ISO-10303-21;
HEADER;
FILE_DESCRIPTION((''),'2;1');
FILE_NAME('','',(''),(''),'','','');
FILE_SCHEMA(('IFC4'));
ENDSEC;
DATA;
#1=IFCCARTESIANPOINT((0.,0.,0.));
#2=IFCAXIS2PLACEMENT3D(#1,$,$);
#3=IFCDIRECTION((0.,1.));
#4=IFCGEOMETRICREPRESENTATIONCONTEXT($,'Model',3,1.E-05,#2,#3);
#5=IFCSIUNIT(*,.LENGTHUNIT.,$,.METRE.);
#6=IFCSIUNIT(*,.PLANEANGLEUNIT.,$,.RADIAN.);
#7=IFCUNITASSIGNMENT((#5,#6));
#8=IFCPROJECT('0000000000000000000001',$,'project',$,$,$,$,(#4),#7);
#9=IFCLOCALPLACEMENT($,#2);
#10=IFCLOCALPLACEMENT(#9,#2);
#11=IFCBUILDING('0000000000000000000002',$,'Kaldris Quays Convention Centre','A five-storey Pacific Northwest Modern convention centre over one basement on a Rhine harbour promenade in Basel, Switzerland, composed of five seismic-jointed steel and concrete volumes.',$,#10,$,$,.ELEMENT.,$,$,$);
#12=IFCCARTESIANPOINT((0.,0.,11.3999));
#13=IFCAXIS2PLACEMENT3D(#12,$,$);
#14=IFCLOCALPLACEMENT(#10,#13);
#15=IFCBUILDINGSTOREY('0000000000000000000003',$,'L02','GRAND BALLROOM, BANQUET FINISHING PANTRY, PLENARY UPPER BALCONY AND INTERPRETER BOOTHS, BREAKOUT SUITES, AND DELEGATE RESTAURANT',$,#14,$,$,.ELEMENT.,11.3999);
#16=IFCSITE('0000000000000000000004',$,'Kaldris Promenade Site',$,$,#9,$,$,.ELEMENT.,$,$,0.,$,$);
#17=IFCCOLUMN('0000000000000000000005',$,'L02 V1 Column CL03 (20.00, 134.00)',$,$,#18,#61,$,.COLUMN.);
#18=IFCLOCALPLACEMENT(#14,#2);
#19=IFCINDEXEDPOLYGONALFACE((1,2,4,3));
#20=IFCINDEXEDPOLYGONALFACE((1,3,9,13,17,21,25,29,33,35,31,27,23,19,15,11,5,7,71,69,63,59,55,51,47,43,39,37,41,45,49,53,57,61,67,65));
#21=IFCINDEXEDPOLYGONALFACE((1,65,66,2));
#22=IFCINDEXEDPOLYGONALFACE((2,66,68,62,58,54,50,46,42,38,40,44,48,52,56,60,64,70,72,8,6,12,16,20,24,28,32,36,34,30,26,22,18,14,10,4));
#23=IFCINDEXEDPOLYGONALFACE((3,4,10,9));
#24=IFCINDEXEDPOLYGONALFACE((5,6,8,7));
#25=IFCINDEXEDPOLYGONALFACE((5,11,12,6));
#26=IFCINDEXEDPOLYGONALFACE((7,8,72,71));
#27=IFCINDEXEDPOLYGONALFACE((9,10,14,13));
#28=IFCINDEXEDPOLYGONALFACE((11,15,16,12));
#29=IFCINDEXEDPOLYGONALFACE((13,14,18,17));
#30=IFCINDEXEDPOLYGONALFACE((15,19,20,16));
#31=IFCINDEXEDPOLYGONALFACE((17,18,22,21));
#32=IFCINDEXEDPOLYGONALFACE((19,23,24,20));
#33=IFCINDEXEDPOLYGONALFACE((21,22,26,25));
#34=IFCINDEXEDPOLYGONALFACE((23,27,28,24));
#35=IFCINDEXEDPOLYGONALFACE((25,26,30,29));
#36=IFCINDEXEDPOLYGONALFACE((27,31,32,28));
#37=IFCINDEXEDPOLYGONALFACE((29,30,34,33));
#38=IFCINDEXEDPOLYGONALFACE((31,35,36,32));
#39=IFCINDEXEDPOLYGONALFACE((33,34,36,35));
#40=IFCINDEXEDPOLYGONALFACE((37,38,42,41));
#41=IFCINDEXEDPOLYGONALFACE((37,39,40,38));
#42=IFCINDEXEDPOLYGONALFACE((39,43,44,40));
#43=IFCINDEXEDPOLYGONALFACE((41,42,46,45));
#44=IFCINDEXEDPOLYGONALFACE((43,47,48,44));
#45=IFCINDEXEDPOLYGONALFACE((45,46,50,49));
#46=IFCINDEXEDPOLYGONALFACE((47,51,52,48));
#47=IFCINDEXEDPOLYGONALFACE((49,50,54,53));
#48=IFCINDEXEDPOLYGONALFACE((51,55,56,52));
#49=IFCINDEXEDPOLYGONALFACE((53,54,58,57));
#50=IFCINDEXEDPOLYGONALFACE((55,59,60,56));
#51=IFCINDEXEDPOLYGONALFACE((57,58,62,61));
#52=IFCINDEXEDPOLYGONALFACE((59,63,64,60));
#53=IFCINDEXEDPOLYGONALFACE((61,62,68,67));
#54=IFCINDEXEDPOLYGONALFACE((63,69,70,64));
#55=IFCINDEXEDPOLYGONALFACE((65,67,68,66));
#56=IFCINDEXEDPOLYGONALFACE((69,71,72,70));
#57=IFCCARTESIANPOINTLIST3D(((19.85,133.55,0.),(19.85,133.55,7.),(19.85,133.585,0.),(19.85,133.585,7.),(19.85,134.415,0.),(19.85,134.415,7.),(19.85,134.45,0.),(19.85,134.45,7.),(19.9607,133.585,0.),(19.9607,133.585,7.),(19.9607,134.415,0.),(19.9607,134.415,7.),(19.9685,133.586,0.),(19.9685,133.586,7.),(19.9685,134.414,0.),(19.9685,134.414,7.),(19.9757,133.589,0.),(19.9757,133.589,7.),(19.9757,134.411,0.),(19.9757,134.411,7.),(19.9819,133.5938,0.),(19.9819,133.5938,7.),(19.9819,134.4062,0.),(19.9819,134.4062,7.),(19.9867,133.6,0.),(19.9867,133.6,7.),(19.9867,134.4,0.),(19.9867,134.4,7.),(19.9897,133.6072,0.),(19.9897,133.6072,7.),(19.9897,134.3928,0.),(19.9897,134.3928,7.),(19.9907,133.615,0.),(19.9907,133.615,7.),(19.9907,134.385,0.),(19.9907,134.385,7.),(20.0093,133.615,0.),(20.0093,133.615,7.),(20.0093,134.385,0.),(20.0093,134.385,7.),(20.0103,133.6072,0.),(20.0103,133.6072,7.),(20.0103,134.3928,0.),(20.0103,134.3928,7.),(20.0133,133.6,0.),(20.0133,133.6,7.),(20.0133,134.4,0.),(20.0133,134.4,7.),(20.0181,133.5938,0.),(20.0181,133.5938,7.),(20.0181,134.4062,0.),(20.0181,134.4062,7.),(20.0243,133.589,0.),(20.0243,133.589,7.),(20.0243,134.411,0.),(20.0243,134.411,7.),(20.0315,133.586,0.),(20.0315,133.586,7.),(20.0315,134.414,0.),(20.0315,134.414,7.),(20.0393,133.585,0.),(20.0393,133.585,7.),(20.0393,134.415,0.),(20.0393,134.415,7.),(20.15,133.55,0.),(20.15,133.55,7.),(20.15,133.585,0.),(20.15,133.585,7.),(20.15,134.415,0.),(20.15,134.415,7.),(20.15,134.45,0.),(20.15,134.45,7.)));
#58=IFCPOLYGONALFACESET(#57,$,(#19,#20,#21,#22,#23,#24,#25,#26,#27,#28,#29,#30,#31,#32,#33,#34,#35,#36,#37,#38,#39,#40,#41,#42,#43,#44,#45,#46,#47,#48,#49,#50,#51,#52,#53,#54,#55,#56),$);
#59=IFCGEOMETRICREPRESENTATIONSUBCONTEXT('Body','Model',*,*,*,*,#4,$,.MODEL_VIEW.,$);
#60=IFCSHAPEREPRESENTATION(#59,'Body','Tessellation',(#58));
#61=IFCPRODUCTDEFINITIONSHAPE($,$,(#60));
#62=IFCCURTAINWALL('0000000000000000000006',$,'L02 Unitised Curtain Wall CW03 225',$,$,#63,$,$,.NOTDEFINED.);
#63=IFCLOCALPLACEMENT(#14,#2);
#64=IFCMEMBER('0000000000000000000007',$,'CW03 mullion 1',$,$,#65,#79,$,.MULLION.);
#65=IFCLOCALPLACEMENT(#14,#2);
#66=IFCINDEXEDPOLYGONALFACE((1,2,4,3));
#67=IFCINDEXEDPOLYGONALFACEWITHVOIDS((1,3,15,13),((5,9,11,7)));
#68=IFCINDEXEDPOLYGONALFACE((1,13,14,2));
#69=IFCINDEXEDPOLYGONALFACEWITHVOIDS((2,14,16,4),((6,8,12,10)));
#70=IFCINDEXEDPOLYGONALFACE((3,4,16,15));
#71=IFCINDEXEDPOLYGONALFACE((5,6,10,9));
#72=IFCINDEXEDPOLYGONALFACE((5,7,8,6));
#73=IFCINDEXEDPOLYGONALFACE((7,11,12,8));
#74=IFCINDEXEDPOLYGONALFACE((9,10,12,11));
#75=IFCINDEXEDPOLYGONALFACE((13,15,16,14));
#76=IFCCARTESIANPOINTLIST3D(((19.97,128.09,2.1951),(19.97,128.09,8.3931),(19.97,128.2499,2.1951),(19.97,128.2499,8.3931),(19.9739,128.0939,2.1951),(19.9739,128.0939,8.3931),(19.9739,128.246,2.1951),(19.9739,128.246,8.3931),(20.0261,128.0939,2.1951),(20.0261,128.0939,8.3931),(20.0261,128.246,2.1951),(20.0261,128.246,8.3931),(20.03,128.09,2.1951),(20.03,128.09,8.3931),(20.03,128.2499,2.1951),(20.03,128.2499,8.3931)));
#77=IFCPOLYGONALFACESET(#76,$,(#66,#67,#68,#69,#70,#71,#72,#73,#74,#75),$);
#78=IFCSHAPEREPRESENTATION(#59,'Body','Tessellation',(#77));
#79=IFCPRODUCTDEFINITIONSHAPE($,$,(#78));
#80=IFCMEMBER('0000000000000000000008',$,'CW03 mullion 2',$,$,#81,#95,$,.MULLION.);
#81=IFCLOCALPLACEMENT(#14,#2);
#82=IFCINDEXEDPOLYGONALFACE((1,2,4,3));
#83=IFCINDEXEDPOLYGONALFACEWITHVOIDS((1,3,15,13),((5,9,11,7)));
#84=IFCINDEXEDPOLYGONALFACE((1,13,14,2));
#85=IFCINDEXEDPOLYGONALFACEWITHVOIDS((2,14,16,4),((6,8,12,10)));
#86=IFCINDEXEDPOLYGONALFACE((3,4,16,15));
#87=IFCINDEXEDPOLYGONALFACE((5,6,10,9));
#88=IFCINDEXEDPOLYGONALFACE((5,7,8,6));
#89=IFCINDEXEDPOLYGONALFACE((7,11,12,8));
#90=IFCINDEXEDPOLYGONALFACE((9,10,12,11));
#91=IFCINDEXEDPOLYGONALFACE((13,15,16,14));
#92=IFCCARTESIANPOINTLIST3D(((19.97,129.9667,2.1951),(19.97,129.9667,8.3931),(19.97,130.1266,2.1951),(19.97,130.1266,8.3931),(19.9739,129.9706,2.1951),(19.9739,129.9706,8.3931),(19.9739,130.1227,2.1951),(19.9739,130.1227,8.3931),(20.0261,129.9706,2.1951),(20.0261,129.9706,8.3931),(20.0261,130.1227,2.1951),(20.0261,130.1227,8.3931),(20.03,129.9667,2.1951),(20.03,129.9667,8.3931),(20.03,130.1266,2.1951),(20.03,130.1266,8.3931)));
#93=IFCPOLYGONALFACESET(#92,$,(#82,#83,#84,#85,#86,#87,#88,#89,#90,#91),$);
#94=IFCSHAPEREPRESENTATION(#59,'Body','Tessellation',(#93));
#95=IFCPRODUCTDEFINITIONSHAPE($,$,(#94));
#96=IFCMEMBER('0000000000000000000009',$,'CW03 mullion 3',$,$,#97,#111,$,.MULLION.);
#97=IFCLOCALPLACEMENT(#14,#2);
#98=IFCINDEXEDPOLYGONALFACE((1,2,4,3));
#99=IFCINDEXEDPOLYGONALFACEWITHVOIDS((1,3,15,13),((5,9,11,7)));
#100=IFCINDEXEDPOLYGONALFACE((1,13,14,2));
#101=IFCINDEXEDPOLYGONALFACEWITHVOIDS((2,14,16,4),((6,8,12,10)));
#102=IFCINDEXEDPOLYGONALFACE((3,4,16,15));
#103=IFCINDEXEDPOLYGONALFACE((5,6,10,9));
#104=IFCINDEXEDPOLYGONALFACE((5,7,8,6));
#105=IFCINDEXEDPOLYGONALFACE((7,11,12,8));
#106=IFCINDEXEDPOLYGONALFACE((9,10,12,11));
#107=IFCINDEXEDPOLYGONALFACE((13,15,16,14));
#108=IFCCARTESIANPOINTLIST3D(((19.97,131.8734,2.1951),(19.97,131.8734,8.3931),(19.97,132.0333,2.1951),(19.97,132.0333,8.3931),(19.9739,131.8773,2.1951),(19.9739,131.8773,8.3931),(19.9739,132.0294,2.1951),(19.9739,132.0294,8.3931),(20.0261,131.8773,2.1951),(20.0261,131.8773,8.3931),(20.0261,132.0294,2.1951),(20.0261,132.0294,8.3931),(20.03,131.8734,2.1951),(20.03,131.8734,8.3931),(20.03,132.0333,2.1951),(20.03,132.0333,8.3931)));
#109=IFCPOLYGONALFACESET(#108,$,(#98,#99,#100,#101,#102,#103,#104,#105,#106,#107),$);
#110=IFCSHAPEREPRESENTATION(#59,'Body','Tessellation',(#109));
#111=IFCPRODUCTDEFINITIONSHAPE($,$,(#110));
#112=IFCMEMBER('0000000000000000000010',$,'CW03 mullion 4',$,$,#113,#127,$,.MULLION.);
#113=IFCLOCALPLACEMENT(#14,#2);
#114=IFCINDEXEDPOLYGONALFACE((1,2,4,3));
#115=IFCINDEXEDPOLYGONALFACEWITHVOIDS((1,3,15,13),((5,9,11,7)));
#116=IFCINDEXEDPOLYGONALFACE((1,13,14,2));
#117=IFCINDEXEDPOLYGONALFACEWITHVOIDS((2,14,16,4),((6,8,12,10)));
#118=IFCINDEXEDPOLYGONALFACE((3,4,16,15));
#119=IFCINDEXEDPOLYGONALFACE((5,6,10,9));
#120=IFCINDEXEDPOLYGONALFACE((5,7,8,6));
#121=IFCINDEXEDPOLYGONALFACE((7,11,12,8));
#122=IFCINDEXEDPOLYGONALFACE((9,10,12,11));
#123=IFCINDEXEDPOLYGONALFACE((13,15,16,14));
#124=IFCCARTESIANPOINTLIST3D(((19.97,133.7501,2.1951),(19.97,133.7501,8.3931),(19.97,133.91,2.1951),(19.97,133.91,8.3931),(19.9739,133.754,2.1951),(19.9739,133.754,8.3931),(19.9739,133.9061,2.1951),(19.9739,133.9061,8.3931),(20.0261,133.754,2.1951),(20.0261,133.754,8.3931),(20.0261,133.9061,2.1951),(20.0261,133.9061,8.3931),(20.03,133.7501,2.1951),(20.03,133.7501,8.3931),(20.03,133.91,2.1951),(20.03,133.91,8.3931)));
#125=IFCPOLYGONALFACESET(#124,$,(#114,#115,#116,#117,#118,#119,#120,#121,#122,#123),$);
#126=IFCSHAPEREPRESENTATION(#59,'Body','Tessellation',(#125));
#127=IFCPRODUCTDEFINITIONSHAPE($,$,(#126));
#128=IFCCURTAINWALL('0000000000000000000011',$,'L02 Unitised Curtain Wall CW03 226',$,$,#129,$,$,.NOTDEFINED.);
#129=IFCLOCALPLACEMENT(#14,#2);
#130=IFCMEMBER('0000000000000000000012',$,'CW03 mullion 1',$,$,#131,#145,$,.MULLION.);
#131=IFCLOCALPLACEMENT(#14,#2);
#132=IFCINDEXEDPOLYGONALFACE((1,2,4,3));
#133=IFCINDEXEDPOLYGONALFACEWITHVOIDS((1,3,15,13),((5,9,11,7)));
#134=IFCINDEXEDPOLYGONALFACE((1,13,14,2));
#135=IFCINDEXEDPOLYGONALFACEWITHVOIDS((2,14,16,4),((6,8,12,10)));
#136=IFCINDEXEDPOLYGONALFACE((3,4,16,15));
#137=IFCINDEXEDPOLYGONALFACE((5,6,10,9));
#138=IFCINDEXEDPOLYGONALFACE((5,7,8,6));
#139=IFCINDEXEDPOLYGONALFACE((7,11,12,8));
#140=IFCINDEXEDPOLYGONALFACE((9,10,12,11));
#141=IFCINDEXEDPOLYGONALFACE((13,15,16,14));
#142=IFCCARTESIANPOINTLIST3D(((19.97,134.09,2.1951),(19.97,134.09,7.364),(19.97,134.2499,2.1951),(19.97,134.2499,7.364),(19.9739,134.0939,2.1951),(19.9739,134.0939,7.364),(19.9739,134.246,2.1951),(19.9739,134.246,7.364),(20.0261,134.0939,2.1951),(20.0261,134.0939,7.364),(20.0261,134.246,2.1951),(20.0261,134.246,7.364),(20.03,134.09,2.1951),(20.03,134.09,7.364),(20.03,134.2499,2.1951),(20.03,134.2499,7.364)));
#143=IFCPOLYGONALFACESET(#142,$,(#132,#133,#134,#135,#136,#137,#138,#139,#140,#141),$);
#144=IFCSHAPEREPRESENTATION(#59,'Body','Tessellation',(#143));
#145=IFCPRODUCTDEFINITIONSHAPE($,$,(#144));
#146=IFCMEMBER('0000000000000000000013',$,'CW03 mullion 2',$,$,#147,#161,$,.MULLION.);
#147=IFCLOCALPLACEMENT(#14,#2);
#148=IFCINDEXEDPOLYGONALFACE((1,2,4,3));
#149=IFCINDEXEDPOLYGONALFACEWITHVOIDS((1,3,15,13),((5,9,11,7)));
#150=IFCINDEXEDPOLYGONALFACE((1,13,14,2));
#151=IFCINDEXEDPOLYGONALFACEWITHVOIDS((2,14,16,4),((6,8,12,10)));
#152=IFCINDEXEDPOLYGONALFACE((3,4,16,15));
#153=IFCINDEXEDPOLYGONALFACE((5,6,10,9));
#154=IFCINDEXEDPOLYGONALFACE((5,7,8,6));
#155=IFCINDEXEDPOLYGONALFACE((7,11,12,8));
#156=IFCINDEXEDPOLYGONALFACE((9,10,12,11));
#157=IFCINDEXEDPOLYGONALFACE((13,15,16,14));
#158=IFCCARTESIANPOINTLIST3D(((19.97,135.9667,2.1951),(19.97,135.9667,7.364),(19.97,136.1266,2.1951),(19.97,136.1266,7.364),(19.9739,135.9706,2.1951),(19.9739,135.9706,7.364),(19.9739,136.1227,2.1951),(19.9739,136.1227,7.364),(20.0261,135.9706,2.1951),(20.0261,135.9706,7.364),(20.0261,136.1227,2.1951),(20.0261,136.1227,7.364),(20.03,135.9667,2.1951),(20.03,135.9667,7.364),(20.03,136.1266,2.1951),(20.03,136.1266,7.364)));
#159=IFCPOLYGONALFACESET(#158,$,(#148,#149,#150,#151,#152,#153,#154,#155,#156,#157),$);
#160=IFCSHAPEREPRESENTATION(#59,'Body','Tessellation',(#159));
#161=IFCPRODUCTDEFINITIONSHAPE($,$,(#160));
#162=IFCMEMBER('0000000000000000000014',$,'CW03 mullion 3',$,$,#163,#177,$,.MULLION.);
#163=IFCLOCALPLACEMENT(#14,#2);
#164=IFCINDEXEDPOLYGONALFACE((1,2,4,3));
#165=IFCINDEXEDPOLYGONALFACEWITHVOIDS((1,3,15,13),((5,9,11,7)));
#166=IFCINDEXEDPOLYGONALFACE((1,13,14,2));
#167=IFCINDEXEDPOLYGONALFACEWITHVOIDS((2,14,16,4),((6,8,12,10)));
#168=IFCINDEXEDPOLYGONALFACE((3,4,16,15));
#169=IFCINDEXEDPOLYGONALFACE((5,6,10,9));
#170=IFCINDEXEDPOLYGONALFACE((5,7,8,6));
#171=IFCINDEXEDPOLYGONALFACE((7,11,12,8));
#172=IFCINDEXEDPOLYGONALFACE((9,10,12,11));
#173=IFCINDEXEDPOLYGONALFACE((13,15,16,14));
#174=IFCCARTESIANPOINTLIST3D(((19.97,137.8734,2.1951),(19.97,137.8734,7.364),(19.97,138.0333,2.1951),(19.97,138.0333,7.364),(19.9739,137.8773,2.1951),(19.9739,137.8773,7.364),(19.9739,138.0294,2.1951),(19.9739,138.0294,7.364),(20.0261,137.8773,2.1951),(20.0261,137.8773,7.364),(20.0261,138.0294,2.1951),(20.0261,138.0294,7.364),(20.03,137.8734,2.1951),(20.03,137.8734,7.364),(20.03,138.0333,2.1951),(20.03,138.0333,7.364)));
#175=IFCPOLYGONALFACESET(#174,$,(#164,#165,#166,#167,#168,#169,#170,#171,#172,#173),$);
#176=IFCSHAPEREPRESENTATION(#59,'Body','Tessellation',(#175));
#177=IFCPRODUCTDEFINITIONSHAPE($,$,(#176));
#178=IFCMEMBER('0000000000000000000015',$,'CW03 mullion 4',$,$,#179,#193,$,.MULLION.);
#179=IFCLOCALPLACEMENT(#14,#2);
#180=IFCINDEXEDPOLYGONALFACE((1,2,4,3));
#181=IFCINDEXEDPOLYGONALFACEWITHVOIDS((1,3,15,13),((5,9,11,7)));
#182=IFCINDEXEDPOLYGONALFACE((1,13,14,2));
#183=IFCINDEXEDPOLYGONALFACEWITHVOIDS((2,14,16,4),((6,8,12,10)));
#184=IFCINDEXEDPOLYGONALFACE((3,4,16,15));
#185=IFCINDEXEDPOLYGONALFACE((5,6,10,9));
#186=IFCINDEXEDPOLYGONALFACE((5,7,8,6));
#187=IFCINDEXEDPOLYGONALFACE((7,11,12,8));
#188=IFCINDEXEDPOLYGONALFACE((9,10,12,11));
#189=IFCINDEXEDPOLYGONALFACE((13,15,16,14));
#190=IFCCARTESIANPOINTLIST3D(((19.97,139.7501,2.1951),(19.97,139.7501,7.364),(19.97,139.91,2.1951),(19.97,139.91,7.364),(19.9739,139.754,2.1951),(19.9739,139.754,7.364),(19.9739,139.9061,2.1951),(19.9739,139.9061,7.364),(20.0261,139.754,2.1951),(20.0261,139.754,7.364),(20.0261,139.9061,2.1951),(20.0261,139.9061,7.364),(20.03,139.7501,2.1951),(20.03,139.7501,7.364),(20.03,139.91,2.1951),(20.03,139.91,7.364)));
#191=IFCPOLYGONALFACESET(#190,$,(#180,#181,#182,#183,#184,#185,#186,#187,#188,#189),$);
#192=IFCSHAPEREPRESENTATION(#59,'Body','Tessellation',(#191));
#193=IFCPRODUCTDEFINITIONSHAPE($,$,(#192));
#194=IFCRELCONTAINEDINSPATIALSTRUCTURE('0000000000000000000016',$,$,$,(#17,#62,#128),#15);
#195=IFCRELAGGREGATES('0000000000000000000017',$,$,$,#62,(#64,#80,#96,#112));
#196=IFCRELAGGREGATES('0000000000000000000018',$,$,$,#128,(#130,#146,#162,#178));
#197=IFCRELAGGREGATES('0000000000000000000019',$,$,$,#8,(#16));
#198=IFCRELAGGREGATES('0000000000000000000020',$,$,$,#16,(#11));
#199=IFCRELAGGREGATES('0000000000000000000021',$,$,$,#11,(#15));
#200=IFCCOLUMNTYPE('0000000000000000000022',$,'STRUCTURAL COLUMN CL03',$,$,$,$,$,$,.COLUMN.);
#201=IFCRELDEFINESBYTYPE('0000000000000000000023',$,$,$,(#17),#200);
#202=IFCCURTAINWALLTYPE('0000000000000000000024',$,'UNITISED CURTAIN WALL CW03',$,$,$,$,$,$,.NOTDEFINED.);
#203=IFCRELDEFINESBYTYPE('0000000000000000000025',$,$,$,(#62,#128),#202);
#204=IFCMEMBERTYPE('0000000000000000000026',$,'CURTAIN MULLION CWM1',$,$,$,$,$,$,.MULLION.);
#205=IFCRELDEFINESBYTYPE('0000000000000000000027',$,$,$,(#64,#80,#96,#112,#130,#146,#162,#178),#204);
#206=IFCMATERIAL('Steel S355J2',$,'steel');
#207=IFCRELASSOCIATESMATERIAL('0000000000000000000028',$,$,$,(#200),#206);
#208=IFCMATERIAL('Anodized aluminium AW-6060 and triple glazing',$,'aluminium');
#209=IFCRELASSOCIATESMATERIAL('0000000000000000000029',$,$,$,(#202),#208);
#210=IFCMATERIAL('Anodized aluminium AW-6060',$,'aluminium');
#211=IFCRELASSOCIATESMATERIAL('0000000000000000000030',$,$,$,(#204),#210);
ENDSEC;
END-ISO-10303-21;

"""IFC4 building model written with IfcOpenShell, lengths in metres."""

from ifc_helpers import new_model, si_unit, direction, frame, origin, origin_2d, place, context, subcontext, project, spatial, hollow_rectangle, i_section, extrude, material, material_profile, profile_set, type_object, element, aggregate, save


model = new_model("IFC4")

# Units and contexts
model_context = context("Model", 3, precision=1e-05, world=origin(), true_north=direction((0.0, 1.0)))
body_context = subcontext(model_context, "Body", "Model", "MODEL_VIEW")
ifc_project = project(units=[si_unit("LENGTHUNIT", "METRE"), si_unit("PLANEANGLEUNIT", "RADIAN")], contexts=[model_context])

# Site, building, storey
site_placement = place(None, origin())
site = spatial("IfcSite", under=ifc_project, at=site_placement, Name="Kaldris Promenade Site", CompositionType="ELEMENT", RefElevation=0.0)
building_placement = place(site_placement, origin())
building = spatial("IfcBuilding", under=site, at=building_placement, Name="Kaldris Quays Convention Centre", Description="A five-storey Pacific Northwest Modern convention centre over one basement on a Rhine harbour promenade in Basel, Switzerland, composed of five seismic-jointed steel and concrete volumes.", CompositionType="ELEMENT")
storey_placement = place(building_placement, frame((0.0, 0.0, 11.3999)))
storey = spatial("IfcBuildingStorey", under=building, at=storey_placement, Name="L02", Description="GRAND BALLROOM, BANQUET FINISHING PANTRY, PLENARY UPPER BALCONY AND INTERPRETER BOOTHS, BREAKOUT SUITES, AND DELEGATE RESTAURANT", CompositionType="ELEMENT", Elevation=11.3999)

# Column
ifc_material_1 = material(Name="Steel S355J2", Category="steel")
ifc_material_profile_1 = material_profile(ifc_material_1, i_section(OverallWidth=0.3, OverallDepth=0.8999, WebThickness=0.0186, FlangeThickness=0.0349, FilletRadius=0.03, at=origin_2d()), Name="HEB 900")
ifc_profile_set_1 = profile_set([ifc_material_profile_1], Name="Steel S355J2")
column_type = type_object("IfcColumnType", Name="STRUCTURAL COLUMN CL03", PredefinedType="COLUMN", material=ifc_profile_set_1)
column_placement = place(storey_placement, frame((20.0, 134.0, 0.0), z_axis=(0.0, 0.0, 1.0), x_axis=(1.0, 0.0, 0.0)))
element("IfcColumn", 1, at=column_placement, inside=storey, type_object=column_type, Name="L02 V1 Column CL03 (20.00, 134.00)", PredefinedType="COLUMN", context=body_context, shape_type="SweptSolid", body=[
    extrude(i_section(OverallWidth=0.3, OverallDepth=0.8999, WebThickness=0.0186, FlangeThickness=0.0349, FilletRadius=0.03, at=origin_2d()), origin(), (0.0, 0.0, 1.0), 7.0),
])

# Curtain walls, members
ifc_material_2 = material(Name="Anodized aluminium AW-6060 and triple glazing", Category="aluminium")
curtain_wall_type = type_object("IfcCurtainWallType", Name="UNITISED CURTAIN WALL CW03", PredefinedType="NOTDEFINED", material=ifc_material_2)
curtain_wall_1_placement = place(storey_placement, origin())
curtain_wall_1 = element("IfcCurtainWall", 2, at=curtain_wall_1_placement, inside=storey, type_object=curtain_wall_type, Name="L02 Unitised Curtain Wall CW03 225", PredefinedType="NOTDEFINED")
ifc_material_3 = material(Name="Anodized aluminium AW-6060", Category="aluminium")
ifc_material_profile_2 = material_profile(ifc_material_3, hollow_rectangle(XDim=0.0601, YDim=0.1599, WallThickness=0.0039, at=origin_2d()), Name="RHS 160x60x4")
ifc_profile_set_2 = profile_set([ifc_material_profile_2], Name="Anodized aluminium AW-6060")
member_type_1 = type_object("IfcMemberType", Name="CURTAIN MULLION CWM1", PredefinedType="MULLION", material=ifc_profile_set_2)
member_1_placement = place(storey_placement, frame((20.0, 128.1699, 2.1951), z_axis=(0.0, 0.0, 1.0), x_axis=(-1.0, 0.0, 0.0)))
member_1 = element("IfcMember", 3, at=member_1_placement, type_object=member_type_1, Name="CW03 mullion 1", PredefinedType="MULLION", context=body_context, shape_type="SweptSolid", body=[
    extrude(hollow_rectangle(XDim=0.0601, YDim=0.1599, WallThickness=0.0039, at=origin_2d()), origin(), (0.0, 0.0, 1.0), 6.198),
])
member_2_placement = place(storey_placement, frame((20.0, 130.0466, 2.1951), z_axis=(0.0, 0.0, 1.0), x_axis=(-1.0, 0.0, 0.0)))
member_2 = element("IfcMember", 4, at=member_2_placement, type_object=member_type_1, Name="CW03 mullion 2", PredefinedType="MULLION", context=body_context, shape_type="SweptSolid", body=[
    extrude(hollow_rectangle(XDim=0.0601, YDim=0.1599, WallThickness=0.0039, at=origin_2d()), origin(), (0.0, 0.0, 1.0), 6.198),
])
member_3_placement = place(storey_placement, frame((20.0, 131.9534, 2.1951), z_axis=(0.0, 0.0, 1.0), x_axis=(-1.0, 0.0, 0.0)))
member_3 = element("IfcMember", 5, at=member_3_placement, type_object=member_type_1, Name="CW03 mullion 3", PredefinedType="MULLION", context=body_context, shape_type="SweptSolid", body=[
    extrude(hollow_rectangle(XDim=0.0601, YDim=0.1599, WallThickness=0.0039, at=origin_2d()), origin(), (0.0, 0.0, 1.0), 6.198),
])
member_4_placement = place(storey_placement, frame((20.0, 133.8301, 2.1951), z_axis=(0.0, 0.0, 1.0), x_axis=(-1.0, 0.0, 0.0)))
member_4 = element("IfcMember", 6, at=member_4_placement, type_object=member_type_1, Name="CW03 mullion 4", PredefinedType="MULLION", context=body_context, shape_type="SweptSolid", body=[
    extrude(hollow_rectangle(XDim=0.0601, YDim=0.1599, WallThickness=0.0039, at=origin_2d()), origin(), (0.0, 0.0, 1.0), 6.198),
])
curtain_wall_2_placement = place(storey_placement, origin())
curtain_wall_2 = element("IfcCurtainWall", 7, at=curtain_wall_2_placement, inside=storey, type_object=curtain_wall_type, Name="L02 Unitised Curtain Wall CW03 226", PredefinedType="NOTDEFINED")
member_5_placement = place(storey_placement, frame((20.0, 134.1699, 2.1951), z_axis=(0.0, 0.0, 1.0), x_axis=(-1.0, 0.0, 0.0)))
member_5 = element("IfcMember", 8, at=member_5_placement, type_object=member_type_1, Name="CW03 mullion 1", PredefinedType="MULLION", context=body_context, shape_type="SweptSolid", body=[
    extrude(hollow_rectangle(XDim=0.0601, YDim=0.1599, WallThickness=0.0039, at=origin_2d()), origin(), (0.0, 0.0, 1.0), 5.1689),
])
member_6_placement = place(storey_placement, frame((20.0, 136.0466, 2.1951), z_axis=(0.0, 0.0, 1.0), x_axis=(-1.0, 0.0, 0.0)))
member_6 = element("IfcMember", 9, at=member_6_placement, type_object=member_type_1, Name="CW03 mullion 2", PredefinedType="MULLION", context=body_context, shape_type="SweptSolid", body=[
    extrude(hollow_rectangle(XDim=0.0601, YDim=0.1599, WallThickness=0.0039, at=origin_2d()), origin(), (0.0, 0.0, 1.0), 5.1689),
])
member_7_placement = place(storey_placement, frame((20.0, 137.9534, 2.1951), z_axis=(0.0, 0.0, 1.0), x_axis=(-1.0, 0.0, 0.0)))
member_7 = element("IfcMember", 10, at=member_7_placement, type_object=member_type_1, Name="CW03 mullion 3", PredefinedType="MULLION", context=body_context, shape_type="SweptSolid", body=[
    extrude(hollow_rectangle(XDim=0.0601, YDim=0.1599, WallThickness=0.0039, at=origin_2d()), origin(), (0.0, 0.0, 1.0), 5.1689),
])
member_8_placement = place(storey_placement, frame((20.0, 139.8301, 2.1951), z_axis=(0.0, 0.0, 1.0), x_axis=(-1.0, 0.0, 0.0)))
member_8 = element("IfcMember", 11, at=member_8_placement, type_object=member_type_1, Name="CW03 mullion 4", PredefinedType="MULLION", context=body_context, shape_type="SweptSolid", body=[
    extrude(hollow_rectangle(XDim=0.0601, YDim=0.1599, WallThickness=0.0039, at=origin_2d()), origin(), (0.0, 0.0, 1.0), 5.1689),
])

aggregate(curtain_wall_1, [member_1, member_2, member_3, member_4])
aggregate(curtain_wall_2, [member_5, member_6, member_7, member_8])

save(model, "model.ifc")
